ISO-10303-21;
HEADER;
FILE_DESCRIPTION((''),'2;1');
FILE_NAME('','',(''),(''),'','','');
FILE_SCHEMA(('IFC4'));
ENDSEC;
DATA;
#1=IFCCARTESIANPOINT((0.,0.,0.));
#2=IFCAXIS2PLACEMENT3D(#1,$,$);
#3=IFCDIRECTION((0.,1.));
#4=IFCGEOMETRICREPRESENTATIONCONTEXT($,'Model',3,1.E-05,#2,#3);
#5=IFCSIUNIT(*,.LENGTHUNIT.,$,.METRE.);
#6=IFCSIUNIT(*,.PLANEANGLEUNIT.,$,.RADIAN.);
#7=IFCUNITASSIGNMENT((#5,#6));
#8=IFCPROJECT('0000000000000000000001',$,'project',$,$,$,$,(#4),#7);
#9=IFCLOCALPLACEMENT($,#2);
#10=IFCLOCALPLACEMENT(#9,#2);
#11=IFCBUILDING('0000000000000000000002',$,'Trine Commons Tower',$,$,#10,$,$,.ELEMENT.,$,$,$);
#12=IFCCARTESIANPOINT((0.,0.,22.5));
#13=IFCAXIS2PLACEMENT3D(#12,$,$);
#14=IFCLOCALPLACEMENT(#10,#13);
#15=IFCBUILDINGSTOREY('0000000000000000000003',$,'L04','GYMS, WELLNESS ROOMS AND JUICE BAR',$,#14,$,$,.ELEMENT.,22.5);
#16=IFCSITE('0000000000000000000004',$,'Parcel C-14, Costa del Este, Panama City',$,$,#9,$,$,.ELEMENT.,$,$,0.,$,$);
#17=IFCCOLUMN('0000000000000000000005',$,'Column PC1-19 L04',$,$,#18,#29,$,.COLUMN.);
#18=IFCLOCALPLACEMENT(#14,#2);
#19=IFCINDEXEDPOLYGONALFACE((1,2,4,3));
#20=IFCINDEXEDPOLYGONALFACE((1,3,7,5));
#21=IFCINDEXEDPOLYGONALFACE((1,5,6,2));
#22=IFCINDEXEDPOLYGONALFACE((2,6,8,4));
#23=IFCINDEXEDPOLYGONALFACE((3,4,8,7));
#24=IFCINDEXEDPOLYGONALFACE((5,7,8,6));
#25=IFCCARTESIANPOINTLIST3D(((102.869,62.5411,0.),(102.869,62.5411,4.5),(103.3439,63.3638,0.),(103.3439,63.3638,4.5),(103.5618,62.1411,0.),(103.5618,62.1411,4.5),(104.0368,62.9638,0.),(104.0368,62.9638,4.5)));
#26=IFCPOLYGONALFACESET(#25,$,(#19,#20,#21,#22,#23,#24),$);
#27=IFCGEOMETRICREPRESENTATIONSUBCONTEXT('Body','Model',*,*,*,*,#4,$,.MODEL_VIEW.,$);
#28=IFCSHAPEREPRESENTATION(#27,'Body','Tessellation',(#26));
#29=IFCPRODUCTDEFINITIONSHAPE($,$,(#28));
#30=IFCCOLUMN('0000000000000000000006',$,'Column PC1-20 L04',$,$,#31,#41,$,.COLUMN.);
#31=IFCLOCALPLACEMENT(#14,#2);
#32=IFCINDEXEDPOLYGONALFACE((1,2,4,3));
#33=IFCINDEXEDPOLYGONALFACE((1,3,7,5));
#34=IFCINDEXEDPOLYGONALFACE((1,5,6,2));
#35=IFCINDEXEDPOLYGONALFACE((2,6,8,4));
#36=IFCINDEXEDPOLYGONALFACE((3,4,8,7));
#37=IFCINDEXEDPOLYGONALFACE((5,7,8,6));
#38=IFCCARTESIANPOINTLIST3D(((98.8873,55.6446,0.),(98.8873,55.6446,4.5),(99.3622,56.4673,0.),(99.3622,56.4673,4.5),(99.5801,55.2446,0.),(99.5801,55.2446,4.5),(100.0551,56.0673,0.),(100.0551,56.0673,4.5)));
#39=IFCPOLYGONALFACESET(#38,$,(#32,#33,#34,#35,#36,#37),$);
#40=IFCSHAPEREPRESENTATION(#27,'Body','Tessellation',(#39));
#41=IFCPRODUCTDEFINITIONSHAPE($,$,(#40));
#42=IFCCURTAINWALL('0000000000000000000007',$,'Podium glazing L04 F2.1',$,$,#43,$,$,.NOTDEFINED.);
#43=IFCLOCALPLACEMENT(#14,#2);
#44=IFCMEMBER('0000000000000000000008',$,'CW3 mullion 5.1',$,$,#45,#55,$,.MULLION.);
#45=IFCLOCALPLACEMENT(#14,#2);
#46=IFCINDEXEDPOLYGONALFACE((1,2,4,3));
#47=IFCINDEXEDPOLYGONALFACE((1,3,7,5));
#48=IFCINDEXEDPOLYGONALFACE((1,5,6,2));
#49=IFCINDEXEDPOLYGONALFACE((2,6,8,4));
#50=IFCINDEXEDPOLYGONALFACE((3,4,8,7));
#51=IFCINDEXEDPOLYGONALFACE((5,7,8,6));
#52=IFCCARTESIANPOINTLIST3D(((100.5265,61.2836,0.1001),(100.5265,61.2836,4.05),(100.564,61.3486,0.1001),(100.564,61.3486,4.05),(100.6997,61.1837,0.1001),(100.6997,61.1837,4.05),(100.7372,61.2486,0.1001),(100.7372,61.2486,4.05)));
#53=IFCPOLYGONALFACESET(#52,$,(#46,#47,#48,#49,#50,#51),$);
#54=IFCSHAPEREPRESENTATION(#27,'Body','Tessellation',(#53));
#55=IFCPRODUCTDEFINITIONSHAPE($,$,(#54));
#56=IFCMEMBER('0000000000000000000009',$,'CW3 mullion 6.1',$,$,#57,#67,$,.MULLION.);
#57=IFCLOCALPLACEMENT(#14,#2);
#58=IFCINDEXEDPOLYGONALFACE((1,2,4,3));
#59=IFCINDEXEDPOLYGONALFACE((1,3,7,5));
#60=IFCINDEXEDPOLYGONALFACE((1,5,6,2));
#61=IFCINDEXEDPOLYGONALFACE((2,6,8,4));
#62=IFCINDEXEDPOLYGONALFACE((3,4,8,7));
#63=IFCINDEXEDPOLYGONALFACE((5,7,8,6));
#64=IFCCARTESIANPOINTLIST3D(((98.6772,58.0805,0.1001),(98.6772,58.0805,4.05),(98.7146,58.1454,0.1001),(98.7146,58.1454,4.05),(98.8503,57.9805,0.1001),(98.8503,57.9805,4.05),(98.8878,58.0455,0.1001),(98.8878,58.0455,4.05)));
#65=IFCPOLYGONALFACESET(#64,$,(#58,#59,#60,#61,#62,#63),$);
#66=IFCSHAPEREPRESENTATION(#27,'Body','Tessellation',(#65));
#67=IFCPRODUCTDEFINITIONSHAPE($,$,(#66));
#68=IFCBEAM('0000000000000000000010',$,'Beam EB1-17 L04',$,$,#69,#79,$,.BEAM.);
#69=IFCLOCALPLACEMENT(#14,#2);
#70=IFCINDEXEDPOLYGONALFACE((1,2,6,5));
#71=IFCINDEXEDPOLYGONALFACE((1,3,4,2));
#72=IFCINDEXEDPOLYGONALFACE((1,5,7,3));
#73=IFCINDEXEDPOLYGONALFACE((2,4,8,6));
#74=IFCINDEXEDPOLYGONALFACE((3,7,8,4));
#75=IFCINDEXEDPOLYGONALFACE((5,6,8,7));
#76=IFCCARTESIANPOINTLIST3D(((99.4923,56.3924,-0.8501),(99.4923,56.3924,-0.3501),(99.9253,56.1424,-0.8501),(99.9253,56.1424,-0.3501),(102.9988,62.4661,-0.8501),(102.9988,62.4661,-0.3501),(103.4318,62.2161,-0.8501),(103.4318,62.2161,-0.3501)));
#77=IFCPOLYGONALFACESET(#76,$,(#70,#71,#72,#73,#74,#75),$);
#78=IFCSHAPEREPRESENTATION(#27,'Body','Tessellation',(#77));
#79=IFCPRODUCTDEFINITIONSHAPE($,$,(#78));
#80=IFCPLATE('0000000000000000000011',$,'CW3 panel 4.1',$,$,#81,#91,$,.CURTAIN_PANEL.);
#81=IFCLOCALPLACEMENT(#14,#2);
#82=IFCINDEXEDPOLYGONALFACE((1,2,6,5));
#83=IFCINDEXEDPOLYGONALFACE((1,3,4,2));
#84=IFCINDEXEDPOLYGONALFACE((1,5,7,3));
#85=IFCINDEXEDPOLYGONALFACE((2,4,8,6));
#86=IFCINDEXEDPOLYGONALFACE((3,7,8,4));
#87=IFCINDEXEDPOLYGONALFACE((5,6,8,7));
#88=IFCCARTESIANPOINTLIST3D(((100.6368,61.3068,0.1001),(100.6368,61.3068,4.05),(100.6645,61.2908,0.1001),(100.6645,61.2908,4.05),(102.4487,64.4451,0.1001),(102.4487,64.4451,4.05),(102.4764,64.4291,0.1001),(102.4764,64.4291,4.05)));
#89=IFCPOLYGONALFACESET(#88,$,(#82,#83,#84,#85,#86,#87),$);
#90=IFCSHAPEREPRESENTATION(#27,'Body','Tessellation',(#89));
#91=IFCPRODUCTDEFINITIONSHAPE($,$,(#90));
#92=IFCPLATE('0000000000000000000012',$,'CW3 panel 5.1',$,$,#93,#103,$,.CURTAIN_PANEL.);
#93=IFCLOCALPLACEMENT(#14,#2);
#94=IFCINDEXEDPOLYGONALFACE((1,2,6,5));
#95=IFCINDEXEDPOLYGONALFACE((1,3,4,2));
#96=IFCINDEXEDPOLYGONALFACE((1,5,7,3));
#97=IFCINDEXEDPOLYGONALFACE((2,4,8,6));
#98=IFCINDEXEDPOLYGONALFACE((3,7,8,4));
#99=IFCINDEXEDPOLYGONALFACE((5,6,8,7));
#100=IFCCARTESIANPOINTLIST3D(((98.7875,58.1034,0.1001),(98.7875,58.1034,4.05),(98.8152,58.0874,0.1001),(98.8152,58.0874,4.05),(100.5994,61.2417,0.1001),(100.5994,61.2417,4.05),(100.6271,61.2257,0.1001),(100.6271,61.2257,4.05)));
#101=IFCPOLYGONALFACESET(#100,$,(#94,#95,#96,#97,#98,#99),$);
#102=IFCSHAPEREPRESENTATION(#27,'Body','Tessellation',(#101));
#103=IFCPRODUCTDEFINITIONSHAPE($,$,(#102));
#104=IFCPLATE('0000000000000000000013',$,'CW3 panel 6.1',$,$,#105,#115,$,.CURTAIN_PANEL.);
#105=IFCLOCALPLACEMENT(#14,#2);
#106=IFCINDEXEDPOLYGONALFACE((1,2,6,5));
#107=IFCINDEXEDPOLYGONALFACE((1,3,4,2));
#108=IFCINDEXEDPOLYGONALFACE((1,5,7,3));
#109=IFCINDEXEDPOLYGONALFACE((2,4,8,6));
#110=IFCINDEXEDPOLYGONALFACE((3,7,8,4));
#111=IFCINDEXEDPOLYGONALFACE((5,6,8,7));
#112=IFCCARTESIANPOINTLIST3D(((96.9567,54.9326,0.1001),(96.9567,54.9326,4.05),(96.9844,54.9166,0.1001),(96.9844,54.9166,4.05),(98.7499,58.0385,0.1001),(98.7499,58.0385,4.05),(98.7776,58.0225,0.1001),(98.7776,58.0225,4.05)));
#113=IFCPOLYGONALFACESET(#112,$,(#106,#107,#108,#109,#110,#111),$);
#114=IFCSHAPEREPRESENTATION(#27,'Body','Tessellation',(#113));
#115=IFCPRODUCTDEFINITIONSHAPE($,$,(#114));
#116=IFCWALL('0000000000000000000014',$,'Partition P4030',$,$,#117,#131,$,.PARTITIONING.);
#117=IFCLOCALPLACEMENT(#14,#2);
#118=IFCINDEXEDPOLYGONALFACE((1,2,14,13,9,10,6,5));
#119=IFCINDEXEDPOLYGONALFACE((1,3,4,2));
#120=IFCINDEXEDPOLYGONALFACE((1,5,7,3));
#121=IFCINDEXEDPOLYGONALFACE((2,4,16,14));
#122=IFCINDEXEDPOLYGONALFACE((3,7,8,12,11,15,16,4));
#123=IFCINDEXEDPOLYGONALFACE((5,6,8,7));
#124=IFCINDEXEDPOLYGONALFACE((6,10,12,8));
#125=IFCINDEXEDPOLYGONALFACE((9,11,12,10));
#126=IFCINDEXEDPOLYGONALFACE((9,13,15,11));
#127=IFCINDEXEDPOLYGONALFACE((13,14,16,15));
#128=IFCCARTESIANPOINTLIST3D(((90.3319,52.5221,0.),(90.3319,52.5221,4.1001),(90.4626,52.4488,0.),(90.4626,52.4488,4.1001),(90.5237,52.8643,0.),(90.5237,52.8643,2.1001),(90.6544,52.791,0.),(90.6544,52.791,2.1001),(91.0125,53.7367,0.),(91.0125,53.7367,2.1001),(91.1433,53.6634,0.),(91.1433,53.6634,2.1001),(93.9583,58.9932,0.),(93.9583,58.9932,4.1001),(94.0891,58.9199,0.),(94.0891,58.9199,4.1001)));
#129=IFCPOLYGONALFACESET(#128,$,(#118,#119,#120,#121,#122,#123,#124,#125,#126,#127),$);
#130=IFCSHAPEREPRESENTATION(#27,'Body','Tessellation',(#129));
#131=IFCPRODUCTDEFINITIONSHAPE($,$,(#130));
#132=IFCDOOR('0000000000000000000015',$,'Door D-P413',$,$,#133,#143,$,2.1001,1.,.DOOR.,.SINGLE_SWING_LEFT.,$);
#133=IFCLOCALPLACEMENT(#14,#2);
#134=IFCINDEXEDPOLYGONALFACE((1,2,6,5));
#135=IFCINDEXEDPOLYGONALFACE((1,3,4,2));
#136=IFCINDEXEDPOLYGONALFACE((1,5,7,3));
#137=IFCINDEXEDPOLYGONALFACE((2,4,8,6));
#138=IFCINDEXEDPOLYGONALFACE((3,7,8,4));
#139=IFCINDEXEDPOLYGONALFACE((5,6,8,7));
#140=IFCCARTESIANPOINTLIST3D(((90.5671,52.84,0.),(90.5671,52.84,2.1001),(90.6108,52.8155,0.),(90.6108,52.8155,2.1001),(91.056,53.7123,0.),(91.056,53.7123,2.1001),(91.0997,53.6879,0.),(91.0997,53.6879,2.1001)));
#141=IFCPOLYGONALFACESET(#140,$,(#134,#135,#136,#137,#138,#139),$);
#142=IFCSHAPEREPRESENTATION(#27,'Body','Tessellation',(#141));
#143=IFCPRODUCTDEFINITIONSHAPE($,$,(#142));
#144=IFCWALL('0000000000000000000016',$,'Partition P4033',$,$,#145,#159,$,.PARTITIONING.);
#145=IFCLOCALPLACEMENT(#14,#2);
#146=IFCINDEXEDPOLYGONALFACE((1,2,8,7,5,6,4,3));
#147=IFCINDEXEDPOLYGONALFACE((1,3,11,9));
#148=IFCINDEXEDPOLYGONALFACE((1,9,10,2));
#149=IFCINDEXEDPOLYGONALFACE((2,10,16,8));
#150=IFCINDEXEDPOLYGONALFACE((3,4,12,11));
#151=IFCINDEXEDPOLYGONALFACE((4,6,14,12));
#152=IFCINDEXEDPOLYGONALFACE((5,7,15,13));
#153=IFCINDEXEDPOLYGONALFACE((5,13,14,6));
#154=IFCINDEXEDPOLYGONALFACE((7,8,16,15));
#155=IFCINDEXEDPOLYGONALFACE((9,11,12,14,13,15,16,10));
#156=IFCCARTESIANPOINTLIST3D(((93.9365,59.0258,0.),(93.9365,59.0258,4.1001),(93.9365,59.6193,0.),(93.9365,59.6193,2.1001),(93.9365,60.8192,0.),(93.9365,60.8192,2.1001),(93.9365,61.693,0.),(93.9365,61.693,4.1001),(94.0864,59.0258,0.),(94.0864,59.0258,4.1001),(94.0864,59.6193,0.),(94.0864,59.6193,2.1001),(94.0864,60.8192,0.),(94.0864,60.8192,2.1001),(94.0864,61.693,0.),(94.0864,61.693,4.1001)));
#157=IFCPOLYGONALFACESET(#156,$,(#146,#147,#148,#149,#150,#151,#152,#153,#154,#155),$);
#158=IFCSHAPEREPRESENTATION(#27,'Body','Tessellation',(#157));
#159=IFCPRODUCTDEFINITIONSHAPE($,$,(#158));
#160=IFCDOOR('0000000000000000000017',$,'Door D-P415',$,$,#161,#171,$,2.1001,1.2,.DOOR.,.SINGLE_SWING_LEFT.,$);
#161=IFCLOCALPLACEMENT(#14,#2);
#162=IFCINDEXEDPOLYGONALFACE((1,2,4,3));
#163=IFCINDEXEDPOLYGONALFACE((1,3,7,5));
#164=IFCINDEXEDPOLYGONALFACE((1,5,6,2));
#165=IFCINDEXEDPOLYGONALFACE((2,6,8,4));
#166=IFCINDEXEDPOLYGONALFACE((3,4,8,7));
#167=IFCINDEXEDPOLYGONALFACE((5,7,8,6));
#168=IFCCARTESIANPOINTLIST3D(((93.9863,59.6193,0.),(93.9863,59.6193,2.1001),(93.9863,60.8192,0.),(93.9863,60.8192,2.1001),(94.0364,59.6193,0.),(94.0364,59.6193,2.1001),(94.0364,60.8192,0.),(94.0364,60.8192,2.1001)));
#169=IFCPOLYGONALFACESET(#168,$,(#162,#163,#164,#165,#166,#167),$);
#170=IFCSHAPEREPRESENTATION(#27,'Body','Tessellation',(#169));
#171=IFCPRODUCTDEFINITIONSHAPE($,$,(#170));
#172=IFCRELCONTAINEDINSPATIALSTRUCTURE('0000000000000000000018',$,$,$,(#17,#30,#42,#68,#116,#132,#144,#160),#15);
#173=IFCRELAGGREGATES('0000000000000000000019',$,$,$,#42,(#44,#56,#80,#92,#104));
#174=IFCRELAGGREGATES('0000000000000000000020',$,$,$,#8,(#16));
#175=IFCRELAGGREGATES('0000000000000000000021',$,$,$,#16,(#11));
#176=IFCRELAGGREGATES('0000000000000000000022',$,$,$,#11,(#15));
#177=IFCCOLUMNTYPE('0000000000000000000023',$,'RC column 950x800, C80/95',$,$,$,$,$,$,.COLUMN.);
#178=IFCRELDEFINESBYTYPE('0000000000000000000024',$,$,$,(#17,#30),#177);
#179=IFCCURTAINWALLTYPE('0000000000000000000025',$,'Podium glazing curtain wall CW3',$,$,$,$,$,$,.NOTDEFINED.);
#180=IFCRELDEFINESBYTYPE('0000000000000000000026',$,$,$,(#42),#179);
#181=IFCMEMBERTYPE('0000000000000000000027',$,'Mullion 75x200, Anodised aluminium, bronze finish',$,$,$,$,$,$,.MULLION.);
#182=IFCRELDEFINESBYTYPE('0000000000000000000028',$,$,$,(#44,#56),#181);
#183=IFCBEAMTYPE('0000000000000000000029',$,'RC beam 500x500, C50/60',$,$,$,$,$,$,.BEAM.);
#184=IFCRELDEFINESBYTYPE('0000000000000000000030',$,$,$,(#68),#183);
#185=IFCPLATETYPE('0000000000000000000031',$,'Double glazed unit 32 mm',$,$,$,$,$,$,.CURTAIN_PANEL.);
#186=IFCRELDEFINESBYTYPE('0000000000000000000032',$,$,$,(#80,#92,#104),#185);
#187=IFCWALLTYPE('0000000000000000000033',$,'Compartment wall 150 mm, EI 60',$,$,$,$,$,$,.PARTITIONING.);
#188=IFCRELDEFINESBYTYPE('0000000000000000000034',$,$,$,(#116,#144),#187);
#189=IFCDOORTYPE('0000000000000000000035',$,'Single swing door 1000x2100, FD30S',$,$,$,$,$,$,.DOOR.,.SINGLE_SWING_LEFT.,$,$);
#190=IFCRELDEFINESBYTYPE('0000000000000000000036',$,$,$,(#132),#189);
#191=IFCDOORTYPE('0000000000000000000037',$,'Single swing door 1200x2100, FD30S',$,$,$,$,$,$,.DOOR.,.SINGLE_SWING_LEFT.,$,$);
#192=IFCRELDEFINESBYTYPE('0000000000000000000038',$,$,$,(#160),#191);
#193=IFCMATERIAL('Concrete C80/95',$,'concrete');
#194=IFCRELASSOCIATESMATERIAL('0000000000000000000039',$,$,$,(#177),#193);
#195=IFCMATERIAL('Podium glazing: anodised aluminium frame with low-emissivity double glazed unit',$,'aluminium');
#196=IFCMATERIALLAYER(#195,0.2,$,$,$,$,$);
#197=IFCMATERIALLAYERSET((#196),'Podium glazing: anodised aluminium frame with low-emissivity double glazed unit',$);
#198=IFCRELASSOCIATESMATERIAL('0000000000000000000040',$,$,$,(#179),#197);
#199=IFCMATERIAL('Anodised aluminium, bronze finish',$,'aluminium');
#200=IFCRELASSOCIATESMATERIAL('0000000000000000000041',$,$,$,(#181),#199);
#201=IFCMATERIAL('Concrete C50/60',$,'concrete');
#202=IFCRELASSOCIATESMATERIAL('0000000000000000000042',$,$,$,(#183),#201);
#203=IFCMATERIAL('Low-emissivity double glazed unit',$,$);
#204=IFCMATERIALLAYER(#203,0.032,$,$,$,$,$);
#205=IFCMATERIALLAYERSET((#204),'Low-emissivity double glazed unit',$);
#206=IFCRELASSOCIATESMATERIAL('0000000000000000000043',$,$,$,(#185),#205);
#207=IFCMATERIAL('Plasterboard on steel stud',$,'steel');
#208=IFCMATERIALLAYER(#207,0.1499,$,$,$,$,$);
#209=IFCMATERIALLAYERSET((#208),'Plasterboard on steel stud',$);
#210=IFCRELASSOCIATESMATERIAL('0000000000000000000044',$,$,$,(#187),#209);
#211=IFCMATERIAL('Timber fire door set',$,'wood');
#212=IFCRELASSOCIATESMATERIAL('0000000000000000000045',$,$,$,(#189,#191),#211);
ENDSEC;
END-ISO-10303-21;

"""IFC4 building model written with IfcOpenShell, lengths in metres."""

from ifc_helpers import new_model, si_unit, direction, frame, frame_2d, origin, origin_2d, place, context, subcontext, project, spatial, rectangle, extrude, material, layer, layer_set, material_profile, profile_set, type_object, element, fill, aggregate, save


model = new_model("IFC4")

# Units and contexts
model_context = context("Model", 3, precision=1e-05, world=origin(), true_north=direction((0.0, 1.0)))
body_context = subcontext(model_context, "Body", "Model", "MODEL_VIEW")
ifc_project = project(units=[si_unit("LENGTHUNIT", "METRE"), si_unit("PLANEANGLEUNIT", "RADIAN")], contexts=[model_context])

# Site, building, storey
site_placement = place(None, origin())
site = spatial("IfcSite", under=ifc_project, at=site_placement, Name="Parcel C-14, Costa del Este, Panama City", CompositionType="ELEMENT", RefElevation=0.0)
building_placement = place(site_placement, origin())
building = spatial("IfcBuilding", under=site, at=building_placement, Name="Trine Commons Tower", CompositionType="ELEMENT")
storey_placement = place(building_placement, frame((0.0, 0.0, 22.5)))
storey = spatial("IfcBuildingStorey", under=building, at=storey_placement, Name="L04", Description="GYMS, WELLNESS ROOMS AND JUICE BAR", CompositionType="ELEMENT", Elevation=22.5)

# Columns
ifc_material_1 = material(Name="Concrete C80/95", Category="concrete")
ifc_material_profile_1 = material_profile(ifc_material_1, rectangle(XDim=0.95, YDim=0.8, at=origin_2d()), Name="RC 950x800")
ifc_profile_set_1 = profile_set([ifc_material_profile_1], Name="Concrete C80/95")
column_type = type_object("IfcColumnType", Name="RC column 950x800, C80/95", PredefinedType="COLUMN", material=ifc_profile_set_1)
for number, where, z_axis, x_axis, name in (
    (1, (103.4529, 62.7524, 0.0), (0.0, 0.0, 1.0), (0.5, 0.866025, 0.0), "Column PC1-19 L04"),
    (2, (99.4712, 55.856, 0.0), (0.0, 0.0, 1.0), (0.5, 0.866025, 0.0), "Column PC1-20 L04"),
):
    element("IfcColumn", number, at=place(storey_placement, frame(where, z_axis=z_axis, x_axis=x_axis)), inside=storey, type_object=column_type, Name=name, PredefinedType="COLUMN", context=body_context, shape_type="SweptSolid", body=[
        extrude(rectangle(XDim=0.95, YDim=0.8, at=origin_2d()), origin(), (0.0, 0.0, 1.0), 4.5),
    ])

# Curtain wall, members
ifc_material_2 = material(Name="Podium glazing: anodised aluminium frame with low-emissivity double glazed unit", Category="aluminium")
ifc_layer_1 = layer(ifc_material_2, 0.2)
ifc_layer_set_1 = layer_set([ifc_layer_1], Name="Podium glazing: anodised aluminium frame with low-emissivity double glazed unit")
curtain_wall_type = type_object("IfcCurtainWallType", Name="Podium glazing curtain wall CW3", PredefinedType="NOTDEFINED", material=ifc_layer_set_1)
curtain_wall_placement = place(storey_placement, origin())
curtain_wall = element("IfcCurtainWall", 3, at=curtain_wall_placement, inside=storey, type_object=curtain_wall_type, Name="Podium glazing L04 F2.1", PredefinedType="NOTDEFINED")
ifc_material_3 = material(Name="Anodised aluminium, bronze finish", Category="aluminium")
ifc_material_profile_2 = material_profile(ifc_material_3, rectangle(XDim=0.2, YDim=0.075, at=origin_2d()), Name="Mullion 75x200")
ifc_profile_set_2 = profile_set([ifc_material_profile_2], Name="Anodised aluminium, bronze finish")
member_type = type_object("IfcMemberType", Name="Mullion 75x200, Anodised aluminium, bronze finish", PredefinedType="MULLION", material=ifc_profile_set_2)
member_1_placement = place(storey_placement, frame((100.6318, 61.2661, 0.1001), z_axis=(0.0, 0.0, 1.0), x_axis=(0.866025, -0.5, 0.0)))
member_1 = element("IfcMember", 4, at=member_1_placement, type_object=member_type, Name="CW3 mullion 5.1", PredefinedType="MULLION", context=body_context, shape_type="SweptSolid", body=[
    extrude(rectangle(XDim=0.2, YDim=0.075, at=origin_2d()), origin(), (0.0, 0.0, 1.0), 3.95),
])
member_2_placement = place(storey_placement, frame((98.7825, 58.063, 0.1001), z_axis=(0.0, 0.0, 1.0), x_axis=(0.866025, -0.5, 0.0)))
member_2 = element("IfcMember", 5, at=member_2_placement, type_object=member_type, Name="CW3 mullion 6.1", PredefinedType="MULLION", context=body_context, shape_type="SweptSolid", body=[
    extrude(rectangle(XDim=0.2, YDim=0.075, at=origin_2d()), origin(), (0.0, 0.0, 1.0), 3.95),
])

# Beam
ifc_material_4 = material(Name="Concrete C50/60", Category="concrete")
ifc_material_profile_3 = material_profile(ifc_material_4, rectangle(XDim=0.5, YDim=0.5, at=origin_2d()), Name="RC 500x500")
ifc_profile_set_3 = profile_set([ifc_material_profile_3], Name="Concrete C50/60")
beam_type = type_object("IfcBeamType", Name="RC beam 500x500, C50/60", PredefinedType="BEAM", material=ifc_profile_set_3)
beam_placement = place(storey_placement, frame((103.2153, 62.3411, -0.6001), z_axis=(-0.499992, -0.86603, 0.0), x_axis=(0.86603, -0.499992, 0.0)))
element("IfcBeam", 6, at=beam_placement, inside=storey, type_object=beam_type, Name="Beam EB1-17 L04", PredefinedType="BEAM", context=body_context, shape_type="SweptSolid", body=[
    extrude(rectangle(XDim=0.5, YDim=0.5, at=origin_2d()), origin(), (0.0, 0.0, 1.0), 7.0132),
])

# Plates
ifc_material_5 = material(Name="Low-emissivity double glazed unit")
ifc_layer_2 = layer(ifc_material_5, 0.032)
ifc_layer_set_2 = layer_set([ifc_layer_2], Name="Low-emissivity double glazed unit")
plate_type = type_object("IfcPlateType", Name="Double glazed unit 32 mm", PredefinedType="CURTAIN_PANEL", material=ifc_layer_set_2)
plate_1_placement = place(storey_placement, frame((101.5566, 62.8679, 0.1001), z_axis=(0.0, 0.0, 1.0), x_axis=(-0.5, -0.866025, 0.0)))
plate_1 = element("IfcPlate", 7, at=plate_1_placement, type_object=plate_type, Name="CW3 panel 4.1", PredefinedType="CURTAIN_PANEL", context=body_context, shape_type="SweptSolid", body=[
    extrude(rectangle(XDim=3.6238, YDim=0.032, at=origin_2d()), origin(), (0.0, 0.0, 1.0), 3.95),
])
plate_2_placement = place(storey_placement, frame((99.7073, 59.6646, 0.1001), z_axis=(0.0, 0.0, 1.0), x_axis=(-0.5, -0.866025, 0.0)))
plate_2 = element("IfcPlate", 8, at=plate_2_placement, type_object=plate_type, Name="CW3 panel 5.1", PredefinedType="CURTAIN_PANEL", context=body_context, shape_type="SweptSolid", body=[
    extrude(rectangle(XDim=3.6238, YDim=0.032, at=origin_2d()), origin(), (0.0, 0.0, 1.0), 3.95),
])
plate_3_placement = place(storey_placement, frame((97.8672, 56.4775, 0.1001), z_axis=(0.0, 0.0, 1.0), x_axis=(-0.5, -0.866025, 0.0)))
plate_3 = element("IfcPlate", 9, at=plate_3_placement, type_object=plate_type, Name="CW3 panel 6.1", PredefinedType="CURTAIN_PANEL", context=body_context, shape_type="SweptSolid", body=[
    extrude(rectangle(XDim=3.5864, YDim=0.032, at=origin_2d()), origin(), (0.0, 0.0, 1.0), 3.95),
])
aggregate(curtain_wall, [member_1, member_2, plate_1, plate_2, plate_3])

# Walls, openings, doors
ifc_material_6 = material(Name="Plasterboard on steel stud", Category="steel")
ifc_layer_3 = layer(ifc_material_6, 0.1499)
ifc_layer_set_3 = layer_set([ifc_layer_3], Name="Plasterboard on steel stud")
wall_type_1 = type_object("IfcWallType", Name="Compartment wall 150 mm, EI 60", PredefinedType="PARTITIONING", material=ifc_layer_set_3)
wall_1_placement = place(storey_placement, frame((94.0237, 58.9565, 0.0), z_axis=(0.0, 0.0, 1.0), x_axis=(-0.48887, -0.872357, 0.0)))
wall_1 = element("IfcWall", 10, at=wall_1_placement, inside=storey, type_object=wall_type_1, Name="Partition P4030", PredefinedType="PARTITIONING", context=body_context, shape_type="SweptSolid", body=[
    extrude(rectangle(XDim=7.418, YDim=0.1499, at=frame_2d((3.709, 0.0))), origin(), (0.0, 0.0, 1.0), 4.1001),
])
opening_1_placement = place(wall_1_placement, frame((6.0256, 0.0, 0.0)))
opening_1 = element("IfcOpeningElement", 11, at=opening_1_placement, cuts=wall_1, PredefinedType="OPENING", context=body_context, shape_type="SweptSolid", body=[
    extrude(rectangle(XDim=1.0, YDim=2.1001, at=frame_2d((0.5, 1.05))), frame((0.0, 0.085, 0.0), z_axis=(0.0, -1.0, 0.0), x_axis=(1.0, 0.0, 0.0)), (0.0, 0.0, 1.0), 0.1699),
])
ifc_material_7 = material(Name="Timber fire door set", Category="wood")
door_type_1 = type_object("IfcDoorType", Name="Single swing door 1000x2100, FD30S", OperationType="SINGLE_SWING_LEFT", PredefinedType="DOOR", material=ifc_material_7)
door_1_placement = place(opening_1_placement, origin())
door_1 = element("IfcDoor", 12, at=door_1_placement, inside=storey, type_object=door_type_1, Name="Door D-P413", OperationType="SINGLE_SWING_LEFT", OverallHeight=2.1001, OverallWidth=1.0, PredefinedType="DOOR", context=body_context, shape_type="SweptSolid", body=[
    extrude(rectangle(XDim=1.0, YDim=2.1001, at=frame_2d((0.5, 1.05))), frame((0.0, 0.0249, 0.0), z_axis=(0.0, -1.0, 0.0), x_axis=(1.0, 0.0, 0.0)), (0.0, 0.0, 1.0), 0.05),
])
fill(opening_1, door_1)
wall_2_placement = place(storey_placement, frame((94.0115, 61.6929, 0.0), z_axis=(0.0, 0.0, 1.0), x_axis=(0.0, -1.0, 0.0)))
wall_2 = element("IfcWall", 13, at=wall_2_placement, inside=storey, type_object=wall_type_1, Name="Partition P4033", PredefinedType="PARTITIONING", context=body_context, shape_type="SweptSolid", body=[
    extrude(rectangle(XDim=2.6672, YDim=0.1499, at=frame_2d((1.3335, 0.0))), origin(), (0.0, 0.0, 1.0), 4.1001),
])
opening_2_placement = place(wall_2_placement, frame((0.8735, 0.0, 0.0)))
opening_2 = element("IfcOpeningElement", 14, at=opening_2_placement, cuts=wall_2, PredefinedType="OPENING", context=body_context, shape_type="SweptSolid", body=[
    extrude(rectangle(XDim=1.2, YDim=2.1001, at=frame_2d((0.6001, 1.05))), frame((0.0, 0.085, 0.0), z_axis=(0.0, -1.0, 0.0), x_axis=(1.0, 0.0, 0.0)), (0.0, 0.0, 1.0), 0.1699),
])
door_type_2 = type_object("IfcDoorType", Name="Single swing door 1200x2100, FD30S", OperationType="SINGLE_SWING_LEFT", PredefinedType="DOOR", material=ifc_material_7)
door_2_placement = place(opening_2_placement, origin())
door_2 = element("IfcDoor", 15, at=door_2_placement, inside=storey, type_object=door_type_2, Name="Door D-P415", OperationType="SINGLE_SWING_LEFT", OverallHeight=2.1001, OverallWidth=1.2, PredefinedType="DOOR", context=body_context, shape_type="SweptSolid", body=[
    extrude(rectangle(XDim=1.2, YDim=2.1001, at=frame_2d((0.6001, 1.05))), frame((0.0, 0.0249, 0.0), z_axis=(0.0, -1.0, 0.0), x_axis=(1.0, 0.0, 0.0)), (0.0, 0.0, 1.0), 0.05),
])
fill(opening_2, door_2)

save(model, "model.ifc")
